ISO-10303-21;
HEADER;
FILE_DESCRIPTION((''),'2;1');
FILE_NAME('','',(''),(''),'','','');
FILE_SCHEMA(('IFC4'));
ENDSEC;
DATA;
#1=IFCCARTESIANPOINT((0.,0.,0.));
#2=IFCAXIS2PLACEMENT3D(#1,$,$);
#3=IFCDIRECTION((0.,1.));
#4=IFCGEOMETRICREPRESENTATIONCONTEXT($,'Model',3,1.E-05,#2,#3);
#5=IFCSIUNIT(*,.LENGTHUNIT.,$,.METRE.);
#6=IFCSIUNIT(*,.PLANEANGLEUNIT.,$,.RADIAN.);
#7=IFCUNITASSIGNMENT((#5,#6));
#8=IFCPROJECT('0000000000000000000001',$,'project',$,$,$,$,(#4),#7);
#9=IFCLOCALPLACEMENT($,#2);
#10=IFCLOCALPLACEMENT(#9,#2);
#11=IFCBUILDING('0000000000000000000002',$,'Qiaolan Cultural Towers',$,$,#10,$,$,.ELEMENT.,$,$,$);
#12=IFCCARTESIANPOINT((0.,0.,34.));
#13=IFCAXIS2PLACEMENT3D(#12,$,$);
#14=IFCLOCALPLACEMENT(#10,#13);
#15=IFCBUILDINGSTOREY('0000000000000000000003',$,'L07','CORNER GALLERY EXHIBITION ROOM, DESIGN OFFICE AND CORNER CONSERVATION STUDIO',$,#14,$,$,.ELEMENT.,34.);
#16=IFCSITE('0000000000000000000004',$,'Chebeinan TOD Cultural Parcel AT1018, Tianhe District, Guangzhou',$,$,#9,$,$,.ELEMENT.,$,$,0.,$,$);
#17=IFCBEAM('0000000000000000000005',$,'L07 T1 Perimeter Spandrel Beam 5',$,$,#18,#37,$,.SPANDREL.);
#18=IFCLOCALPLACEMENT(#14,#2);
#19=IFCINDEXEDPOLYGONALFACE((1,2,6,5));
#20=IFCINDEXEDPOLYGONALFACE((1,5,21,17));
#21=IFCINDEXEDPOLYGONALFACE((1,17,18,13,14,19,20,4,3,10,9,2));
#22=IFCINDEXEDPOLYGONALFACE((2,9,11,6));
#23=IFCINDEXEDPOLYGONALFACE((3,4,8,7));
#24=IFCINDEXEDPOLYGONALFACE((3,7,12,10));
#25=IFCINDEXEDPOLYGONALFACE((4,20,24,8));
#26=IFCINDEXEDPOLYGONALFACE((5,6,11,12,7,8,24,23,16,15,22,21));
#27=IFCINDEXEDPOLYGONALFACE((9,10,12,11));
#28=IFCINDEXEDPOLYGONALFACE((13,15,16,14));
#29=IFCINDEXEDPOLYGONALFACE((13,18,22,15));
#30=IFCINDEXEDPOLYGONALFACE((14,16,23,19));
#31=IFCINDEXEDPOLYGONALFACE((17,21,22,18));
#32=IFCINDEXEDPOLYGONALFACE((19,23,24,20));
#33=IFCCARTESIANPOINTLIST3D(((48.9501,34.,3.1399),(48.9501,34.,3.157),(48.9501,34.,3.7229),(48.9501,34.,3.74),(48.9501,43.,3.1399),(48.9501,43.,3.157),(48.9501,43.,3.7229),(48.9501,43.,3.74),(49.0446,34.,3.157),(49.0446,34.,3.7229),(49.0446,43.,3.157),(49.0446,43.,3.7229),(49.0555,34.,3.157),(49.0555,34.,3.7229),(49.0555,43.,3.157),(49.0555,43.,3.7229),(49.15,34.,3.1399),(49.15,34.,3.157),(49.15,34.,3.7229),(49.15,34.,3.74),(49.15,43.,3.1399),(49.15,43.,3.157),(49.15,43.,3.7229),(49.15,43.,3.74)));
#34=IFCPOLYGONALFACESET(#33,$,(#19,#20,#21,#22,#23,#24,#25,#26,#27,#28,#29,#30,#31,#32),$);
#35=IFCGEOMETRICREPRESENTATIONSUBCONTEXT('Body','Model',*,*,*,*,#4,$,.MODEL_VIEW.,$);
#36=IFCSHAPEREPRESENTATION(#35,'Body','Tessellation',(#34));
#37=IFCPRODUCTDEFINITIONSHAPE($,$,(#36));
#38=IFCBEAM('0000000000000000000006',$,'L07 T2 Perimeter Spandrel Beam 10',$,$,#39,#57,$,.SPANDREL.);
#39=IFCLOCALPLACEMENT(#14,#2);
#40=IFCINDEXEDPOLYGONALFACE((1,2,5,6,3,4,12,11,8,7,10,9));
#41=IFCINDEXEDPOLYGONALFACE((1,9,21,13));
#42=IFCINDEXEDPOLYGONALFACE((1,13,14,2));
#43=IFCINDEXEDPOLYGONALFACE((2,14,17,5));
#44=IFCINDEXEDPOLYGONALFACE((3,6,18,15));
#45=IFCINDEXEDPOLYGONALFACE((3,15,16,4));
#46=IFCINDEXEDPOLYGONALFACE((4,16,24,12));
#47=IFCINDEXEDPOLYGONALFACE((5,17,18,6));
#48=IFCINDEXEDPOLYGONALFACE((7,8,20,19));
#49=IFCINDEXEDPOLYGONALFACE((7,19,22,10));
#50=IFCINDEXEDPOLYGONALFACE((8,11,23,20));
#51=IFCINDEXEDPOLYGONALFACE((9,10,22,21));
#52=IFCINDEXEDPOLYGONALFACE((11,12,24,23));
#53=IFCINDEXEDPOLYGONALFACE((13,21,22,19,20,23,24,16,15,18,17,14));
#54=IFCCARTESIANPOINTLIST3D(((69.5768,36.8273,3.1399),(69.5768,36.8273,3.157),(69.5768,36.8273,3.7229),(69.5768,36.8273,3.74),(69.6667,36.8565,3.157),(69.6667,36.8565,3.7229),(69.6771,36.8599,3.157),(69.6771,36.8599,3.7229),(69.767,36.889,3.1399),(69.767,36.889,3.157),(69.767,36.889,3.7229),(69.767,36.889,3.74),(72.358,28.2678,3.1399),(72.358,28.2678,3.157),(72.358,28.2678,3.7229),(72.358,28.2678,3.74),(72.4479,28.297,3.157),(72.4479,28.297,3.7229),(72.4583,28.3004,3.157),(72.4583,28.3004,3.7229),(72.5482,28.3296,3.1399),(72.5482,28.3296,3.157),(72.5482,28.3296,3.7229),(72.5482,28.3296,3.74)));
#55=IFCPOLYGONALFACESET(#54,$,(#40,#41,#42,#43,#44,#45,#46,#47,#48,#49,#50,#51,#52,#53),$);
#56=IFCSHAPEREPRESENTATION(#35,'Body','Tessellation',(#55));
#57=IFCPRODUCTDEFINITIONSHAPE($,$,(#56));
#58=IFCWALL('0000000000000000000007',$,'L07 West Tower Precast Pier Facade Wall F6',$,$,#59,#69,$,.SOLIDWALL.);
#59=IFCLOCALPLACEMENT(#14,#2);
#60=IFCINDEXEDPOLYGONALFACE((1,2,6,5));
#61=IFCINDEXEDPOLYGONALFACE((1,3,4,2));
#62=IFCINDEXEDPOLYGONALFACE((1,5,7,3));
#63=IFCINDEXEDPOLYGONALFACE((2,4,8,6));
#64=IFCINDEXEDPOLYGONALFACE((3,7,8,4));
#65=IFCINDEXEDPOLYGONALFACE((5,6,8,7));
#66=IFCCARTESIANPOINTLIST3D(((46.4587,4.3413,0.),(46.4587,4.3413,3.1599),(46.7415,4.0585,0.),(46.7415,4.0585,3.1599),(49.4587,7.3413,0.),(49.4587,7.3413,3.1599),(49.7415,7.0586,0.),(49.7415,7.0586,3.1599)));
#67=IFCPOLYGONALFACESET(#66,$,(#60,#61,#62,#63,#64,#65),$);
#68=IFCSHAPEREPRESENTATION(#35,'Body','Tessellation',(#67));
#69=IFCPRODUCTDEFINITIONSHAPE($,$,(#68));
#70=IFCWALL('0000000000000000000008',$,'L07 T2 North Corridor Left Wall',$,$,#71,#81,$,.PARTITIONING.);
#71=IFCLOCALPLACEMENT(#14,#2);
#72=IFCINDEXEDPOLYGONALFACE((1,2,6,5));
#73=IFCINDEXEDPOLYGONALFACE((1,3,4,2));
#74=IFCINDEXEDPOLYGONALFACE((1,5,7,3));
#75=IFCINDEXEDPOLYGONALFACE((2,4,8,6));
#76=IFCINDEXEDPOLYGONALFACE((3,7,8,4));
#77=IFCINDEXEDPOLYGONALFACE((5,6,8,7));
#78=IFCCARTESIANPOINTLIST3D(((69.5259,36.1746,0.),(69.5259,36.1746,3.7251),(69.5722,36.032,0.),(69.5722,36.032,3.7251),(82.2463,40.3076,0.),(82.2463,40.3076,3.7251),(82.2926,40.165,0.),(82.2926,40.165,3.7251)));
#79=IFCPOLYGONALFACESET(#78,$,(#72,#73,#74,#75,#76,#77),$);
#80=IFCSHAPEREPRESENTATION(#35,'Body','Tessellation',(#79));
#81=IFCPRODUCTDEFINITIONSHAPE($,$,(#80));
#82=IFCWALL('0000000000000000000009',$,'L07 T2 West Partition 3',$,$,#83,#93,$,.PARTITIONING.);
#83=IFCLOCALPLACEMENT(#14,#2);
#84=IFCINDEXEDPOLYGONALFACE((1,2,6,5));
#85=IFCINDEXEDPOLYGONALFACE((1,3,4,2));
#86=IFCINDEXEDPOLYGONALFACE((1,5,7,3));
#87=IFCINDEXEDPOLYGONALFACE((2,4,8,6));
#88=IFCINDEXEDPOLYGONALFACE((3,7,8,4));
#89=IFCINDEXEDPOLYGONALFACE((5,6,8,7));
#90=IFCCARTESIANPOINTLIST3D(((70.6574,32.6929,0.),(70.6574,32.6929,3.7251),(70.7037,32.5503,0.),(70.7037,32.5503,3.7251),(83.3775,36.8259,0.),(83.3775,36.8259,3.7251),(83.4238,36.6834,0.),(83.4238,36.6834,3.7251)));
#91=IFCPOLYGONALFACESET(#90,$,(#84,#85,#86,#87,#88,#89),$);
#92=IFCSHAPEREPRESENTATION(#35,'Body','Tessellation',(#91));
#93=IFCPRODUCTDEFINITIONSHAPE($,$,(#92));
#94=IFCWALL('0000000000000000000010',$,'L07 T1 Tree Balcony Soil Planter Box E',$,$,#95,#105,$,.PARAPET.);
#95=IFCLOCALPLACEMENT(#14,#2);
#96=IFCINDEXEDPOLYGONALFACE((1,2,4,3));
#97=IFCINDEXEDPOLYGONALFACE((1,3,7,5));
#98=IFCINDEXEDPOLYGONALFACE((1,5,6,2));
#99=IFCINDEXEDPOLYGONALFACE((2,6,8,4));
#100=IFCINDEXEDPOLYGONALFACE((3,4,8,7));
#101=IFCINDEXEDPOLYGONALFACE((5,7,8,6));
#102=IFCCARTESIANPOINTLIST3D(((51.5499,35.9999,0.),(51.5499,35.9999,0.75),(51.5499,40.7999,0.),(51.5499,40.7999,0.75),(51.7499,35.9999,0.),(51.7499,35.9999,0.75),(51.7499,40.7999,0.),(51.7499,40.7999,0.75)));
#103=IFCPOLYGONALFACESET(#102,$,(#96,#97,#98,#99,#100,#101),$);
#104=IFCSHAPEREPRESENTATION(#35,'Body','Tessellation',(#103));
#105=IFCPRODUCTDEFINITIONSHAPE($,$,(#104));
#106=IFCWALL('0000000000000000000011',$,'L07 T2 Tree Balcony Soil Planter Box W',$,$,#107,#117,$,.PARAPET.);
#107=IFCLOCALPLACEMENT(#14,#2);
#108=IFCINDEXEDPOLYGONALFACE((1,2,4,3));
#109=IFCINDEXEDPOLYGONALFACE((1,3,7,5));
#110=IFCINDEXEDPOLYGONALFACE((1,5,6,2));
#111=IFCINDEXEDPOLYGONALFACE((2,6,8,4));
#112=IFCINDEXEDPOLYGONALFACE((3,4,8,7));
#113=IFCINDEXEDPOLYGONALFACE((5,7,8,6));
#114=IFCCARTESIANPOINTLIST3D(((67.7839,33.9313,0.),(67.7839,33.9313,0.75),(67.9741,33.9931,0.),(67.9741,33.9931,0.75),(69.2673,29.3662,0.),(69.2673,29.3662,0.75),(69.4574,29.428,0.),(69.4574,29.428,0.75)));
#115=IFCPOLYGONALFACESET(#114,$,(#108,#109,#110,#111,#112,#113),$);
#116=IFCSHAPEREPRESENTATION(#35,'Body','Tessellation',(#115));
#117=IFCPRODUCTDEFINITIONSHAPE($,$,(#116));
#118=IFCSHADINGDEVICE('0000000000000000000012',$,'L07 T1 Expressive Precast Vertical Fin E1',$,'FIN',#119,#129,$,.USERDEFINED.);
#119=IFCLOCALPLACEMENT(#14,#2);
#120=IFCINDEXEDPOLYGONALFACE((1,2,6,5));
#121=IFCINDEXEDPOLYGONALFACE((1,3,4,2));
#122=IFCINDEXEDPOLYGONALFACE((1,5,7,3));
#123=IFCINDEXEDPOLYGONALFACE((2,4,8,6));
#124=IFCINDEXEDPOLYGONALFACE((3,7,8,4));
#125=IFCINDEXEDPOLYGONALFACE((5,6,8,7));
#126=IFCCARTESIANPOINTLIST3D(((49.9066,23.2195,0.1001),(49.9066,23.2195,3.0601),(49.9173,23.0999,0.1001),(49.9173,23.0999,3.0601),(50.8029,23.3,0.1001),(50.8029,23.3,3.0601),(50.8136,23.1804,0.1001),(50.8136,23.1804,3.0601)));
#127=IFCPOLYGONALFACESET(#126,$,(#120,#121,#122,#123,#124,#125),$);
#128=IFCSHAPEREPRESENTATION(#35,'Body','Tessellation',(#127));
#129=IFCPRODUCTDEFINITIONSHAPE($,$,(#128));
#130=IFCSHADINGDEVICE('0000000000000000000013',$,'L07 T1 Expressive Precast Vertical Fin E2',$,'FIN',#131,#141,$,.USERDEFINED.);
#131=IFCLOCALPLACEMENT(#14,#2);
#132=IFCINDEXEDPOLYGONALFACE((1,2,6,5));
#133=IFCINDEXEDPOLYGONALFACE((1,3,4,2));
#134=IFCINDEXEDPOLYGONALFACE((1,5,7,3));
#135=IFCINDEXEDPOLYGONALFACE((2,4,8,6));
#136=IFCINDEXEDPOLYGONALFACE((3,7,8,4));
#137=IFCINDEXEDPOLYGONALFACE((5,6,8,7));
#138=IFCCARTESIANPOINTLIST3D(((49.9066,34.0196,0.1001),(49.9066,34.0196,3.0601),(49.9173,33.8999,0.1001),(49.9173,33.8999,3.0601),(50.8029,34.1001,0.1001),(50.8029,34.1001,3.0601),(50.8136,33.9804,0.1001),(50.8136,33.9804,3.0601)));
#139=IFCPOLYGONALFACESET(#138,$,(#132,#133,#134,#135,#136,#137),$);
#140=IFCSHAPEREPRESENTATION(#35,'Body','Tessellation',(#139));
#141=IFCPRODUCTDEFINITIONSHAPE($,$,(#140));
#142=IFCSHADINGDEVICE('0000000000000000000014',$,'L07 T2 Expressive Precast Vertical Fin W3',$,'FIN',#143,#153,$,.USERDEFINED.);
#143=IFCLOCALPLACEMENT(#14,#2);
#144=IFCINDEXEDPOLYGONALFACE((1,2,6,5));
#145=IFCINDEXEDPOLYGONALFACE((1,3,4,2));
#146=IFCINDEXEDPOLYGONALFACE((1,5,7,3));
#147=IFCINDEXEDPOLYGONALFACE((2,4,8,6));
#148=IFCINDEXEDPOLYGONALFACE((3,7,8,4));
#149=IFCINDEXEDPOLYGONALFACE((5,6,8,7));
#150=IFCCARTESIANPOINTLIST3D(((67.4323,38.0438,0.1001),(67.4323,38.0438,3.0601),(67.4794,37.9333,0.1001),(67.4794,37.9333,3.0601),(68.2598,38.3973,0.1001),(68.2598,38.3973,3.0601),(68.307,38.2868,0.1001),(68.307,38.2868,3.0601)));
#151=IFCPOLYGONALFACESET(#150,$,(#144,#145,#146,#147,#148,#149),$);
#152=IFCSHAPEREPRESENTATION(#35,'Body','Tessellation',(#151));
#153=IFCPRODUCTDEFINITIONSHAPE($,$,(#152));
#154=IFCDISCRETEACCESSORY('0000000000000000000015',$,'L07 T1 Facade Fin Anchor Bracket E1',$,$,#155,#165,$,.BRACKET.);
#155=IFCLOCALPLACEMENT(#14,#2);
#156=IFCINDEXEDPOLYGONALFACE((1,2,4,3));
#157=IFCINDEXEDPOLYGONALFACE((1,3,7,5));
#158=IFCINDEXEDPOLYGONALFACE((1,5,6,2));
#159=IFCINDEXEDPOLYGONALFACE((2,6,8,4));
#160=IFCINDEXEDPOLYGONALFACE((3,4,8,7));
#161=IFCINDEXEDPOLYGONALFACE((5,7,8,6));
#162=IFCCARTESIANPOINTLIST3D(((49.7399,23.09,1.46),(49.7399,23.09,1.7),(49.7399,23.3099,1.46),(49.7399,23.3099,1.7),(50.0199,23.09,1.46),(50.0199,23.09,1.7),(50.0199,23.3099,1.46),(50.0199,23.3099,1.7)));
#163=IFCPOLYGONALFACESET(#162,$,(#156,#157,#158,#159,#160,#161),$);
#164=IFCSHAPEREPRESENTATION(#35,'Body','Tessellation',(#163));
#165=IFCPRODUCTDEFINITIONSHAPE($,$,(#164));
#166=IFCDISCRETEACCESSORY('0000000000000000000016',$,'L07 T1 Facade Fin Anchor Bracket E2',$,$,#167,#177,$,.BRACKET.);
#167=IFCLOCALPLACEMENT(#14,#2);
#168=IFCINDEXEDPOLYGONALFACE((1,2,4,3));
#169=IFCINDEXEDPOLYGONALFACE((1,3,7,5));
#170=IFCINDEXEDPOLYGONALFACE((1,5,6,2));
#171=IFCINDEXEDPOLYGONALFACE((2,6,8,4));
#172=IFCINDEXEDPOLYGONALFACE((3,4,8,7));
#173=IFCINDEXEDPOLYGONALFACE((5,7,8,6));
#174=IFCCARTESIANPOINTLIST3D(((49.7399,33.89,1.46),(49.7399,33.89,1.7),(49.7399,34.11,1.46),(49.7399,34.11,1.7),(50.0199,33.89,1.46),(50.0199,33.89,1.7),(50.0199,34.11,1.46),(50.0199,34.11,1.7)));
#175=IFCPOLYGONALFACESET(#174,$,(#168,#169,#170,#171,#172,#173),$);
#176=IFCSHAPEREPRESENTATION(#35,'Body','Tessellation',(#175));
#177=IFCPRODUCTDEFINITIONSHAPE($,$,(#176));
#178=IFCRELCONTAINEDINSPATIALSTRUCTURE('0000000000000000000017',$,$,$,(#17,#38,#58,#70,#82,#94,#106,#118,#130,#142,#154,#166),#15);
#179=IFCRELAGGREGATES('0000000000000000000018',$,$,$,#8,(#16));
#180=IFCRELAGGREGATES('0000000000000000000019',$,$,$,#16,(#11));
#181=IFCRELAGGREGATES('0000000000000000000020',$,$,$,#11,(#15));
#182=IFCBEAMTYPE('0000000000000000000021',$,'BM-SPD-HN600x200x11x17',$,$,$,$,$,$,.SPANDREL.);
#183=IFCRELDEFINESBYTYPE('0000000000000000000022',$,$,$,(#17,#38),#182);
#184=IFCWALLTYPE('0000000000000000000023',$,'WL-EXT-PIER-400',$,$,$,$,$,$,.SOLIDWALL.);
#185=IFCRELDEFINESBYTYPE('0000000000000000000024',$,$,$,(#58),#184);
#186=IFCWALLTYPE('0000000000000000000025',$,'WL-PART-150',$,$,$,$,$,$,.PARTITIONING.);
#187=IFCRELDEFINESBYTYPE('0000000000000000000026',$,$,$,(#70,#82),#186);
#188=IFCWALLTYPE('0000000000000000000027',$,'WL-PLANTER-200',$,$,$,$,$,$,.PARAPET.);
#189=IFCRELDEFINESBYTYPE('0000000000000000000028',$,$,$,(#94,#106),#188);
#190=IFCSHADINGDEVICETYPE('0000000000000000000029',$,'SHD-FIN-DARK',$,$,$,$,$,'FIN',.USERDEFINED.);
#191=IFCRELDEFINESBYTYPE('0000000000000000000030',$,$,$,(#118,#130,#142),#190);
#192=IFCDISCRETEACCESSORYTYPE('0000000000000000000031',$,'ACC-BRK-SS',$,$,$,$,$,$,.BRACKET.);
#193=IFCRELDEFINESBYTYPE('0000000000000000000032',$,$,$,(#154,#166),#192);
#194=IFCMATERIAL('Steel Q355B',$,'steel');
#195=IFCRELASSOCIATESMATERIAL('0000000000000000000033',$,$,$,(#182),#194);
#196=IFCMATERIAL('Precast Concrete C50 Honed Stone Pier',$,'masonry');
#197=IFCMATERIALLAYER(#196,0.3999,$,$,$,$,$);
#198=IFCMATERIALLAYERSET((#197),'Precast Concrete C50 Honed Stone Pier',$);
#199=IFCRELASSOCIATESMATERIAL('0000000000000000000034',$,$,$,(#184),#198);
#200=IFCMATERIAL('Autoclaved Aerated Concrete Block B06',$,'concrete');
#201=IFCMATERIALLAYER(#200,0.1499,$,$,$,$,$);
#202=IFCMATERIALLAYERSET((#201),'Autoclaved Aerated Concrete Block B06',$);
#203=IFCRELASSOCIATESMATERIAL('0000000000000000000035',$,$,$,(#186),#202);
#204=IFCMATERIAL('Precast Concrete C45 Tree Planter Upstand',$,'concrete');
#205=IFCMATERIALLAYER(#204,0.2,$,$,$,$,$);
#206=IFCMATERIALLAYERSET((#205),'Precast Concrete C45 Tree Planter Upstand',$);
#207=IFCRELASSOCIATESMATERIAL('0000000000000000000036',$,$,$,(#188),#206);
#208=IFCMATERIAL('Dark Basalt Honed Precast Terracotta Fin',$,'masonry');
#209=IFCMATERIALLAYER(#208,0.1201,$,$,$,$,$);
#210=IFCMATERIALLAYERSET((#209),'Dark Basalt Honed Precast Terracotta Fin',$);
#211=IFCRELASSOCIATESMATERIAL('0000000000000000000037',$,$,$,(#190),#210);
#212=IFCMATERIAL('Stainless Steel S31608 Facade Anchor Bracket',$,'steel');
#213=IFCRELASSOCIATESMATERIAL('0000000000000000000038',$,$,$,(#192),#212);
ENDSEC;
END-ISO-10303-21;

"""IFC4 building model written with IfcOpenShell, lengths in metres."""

from ifc_helpers import new_model, si_unit, direction, frame, frame_2d, origin, origin_2d, place, context, subcontext, project, spatial, rectangle, i_section, extrude, material, layer, layer_set, material_profile, profile_set, type_object, element, save


model = new_model("IFC4")

# Units and contexts
model_context = context("Model", 3, precision=1e-05, world=origin(), true_north=direction((0.0, 1.0)))
body_context = subcontext(model_context, "Body", "Model", "MODEL_VIEW")
ifc_project = project(units=[si_unit("LENGTHUNIT", "METRE"), si_unit("PLANEANGLEUNIT", "RADIAN")], contexts=[model_context])

# Site, building, storey
site_placement = place(None, origin())
site = spatial("IfcSite", under=ifc_project, at=site_placement, Name="Chebeinan TOD Cultural Parcel AT1018, Tianhe District, Guangzhou", CompositionType="ELEMENT", RefElevation=0.0)
building_placement = place(site_placement, origin())
building = spatial("IfcBuilding", under=site, at=building_placement, Name="Qiaolan Cultural Towers", CompositionType="ELEMENT")
storey_placement = place(building_placement, frame((0.0, 0.0, 34.0)))
storey = spatial("IfcBuildingStorey", under=building, at=storey_placement, Name="L07", Description="CORNER GALLERY EXHIBITION ROOM, DESIGN OFFICE AND CORNER CONSERVATION STUDIO", CompositionType="ELEMENT", Elevation=34.0)

# Beams
ifc_material_1 = material(Name="Steel Q355B", Category="steel")
ifc_material_profile_1 = material_profile(ifc_material_1, i_section(OverallWidth=0.2, OverallDepth=0.6001, WebThickness=0.011, FlangeThickness=0.0171, at=origin_2d()), Name="HN600x200x11x17")
ifc_profile_set_1 = profile_set([ifc_material_profile_1], Name="Steel Q355B")
beam_type_1 = type_object("IfcBeamType", Name="BM-SPD-HN600x200x11x17", PredefinedType="SPANDREL", material=ifc_profile_set_1)
for number, where, z_axis, x_axis, name in (
    (1, (49.05, 34.0, 3.4399), (0.0, 1.0, 0.0), (-1.0, 0.0, 0.0), "L07 T1 Perimeter Spandrel Beam 5"),
    (2, (69.6719, 36.8582, 3.4399), (0.309025, -0.951054, 0.0), (0.951054, 0.309025, 0.0), "L07 T2 Perimeter Spandrel Beam 10"),
):
    element("IfcBeam", number, at=place(storey_placement, frame(where, z_axis=z_axis, x_axis=x_axis)), inside=storey, type_object=beam_type_1, Name=name, PredefinedType="SPANDREL", context=body_context, shape_type="SweptSolid", body=[
        extrude(i_section(OverallWidth=0.2, OverallDepth=0.6001, WebThickness=0.011, FlangeThickness=0.0171, at=origin_2d()), origin(), (0.0, 0.0, 1.0), 9.0),
    ])

# Walls
ifc_material_2 = material(Name="Precast Concrete C50 Honed Stone Pier", Category="masonry")
ifc_layer_1 = layer(ifc_material_2, 0.3999)
ifc_layer_set_1 = layer_set([ifc_layer_1], Name="Precast Concrete C50 Honed Stone Pier")
wall_type_1 = type_object("IfcWallType", Name="WL-EXT-PIER-400", PredefinedType="SOLIDWALL", material=ifc_layer_set_1)
wall_1_placement = place(storey_placement, frame((49.6001, 7.2, 0.0), z_axis=(0.0, 0.0, 1.0), x_axis=(-0.707107, -0.707107, 0.0)))
element("IfcWall", 3, at=wall_1_placement, inside=storey, type_object=wall_type_1, Name="L07 West Tower Precast Pier Facade Wall F6", PredefinedType="SOLIDWALL", context=body_context, shape_type="SweptSolid", body=[
    extrude(rectangle(XDim=4.2427, YDim=0.3999, at=frame_2d((2.1213, 0.0))), origin(), (0.0, 0.0, 1.0), 3.1599),
])
ifc_material_3 = material(Name="Autoclaved Aerated Concrete Block B06", Category="concrete")
ifc_layer_2 = layer(ifc_material_3, 0.1499)
ifc_layer_set_2 = layer_set([ifc_layer_2], Name="Autoclaved Aerated Concrete Block B06")
wall_type_2 = type_object("IfcWallType", Name="WL-PART-150", PredefinedType="PARTITIONING", material=ifc_layer_set_2)
wall_2_placement = place(storey_placement, frame((69.5491, 36.1033, 0.0), z_axis=(0.0, 0.0, 1.0), x_axis=(0.951058, 0.309012, 0.0)))
element("IfcWall", 4, at=wall_2_placement, inside=storey, type_object=wall_type_2, Name="L07 T2 North Corridor Left Wall", PredefinedType="PARTITIONING", context=body_context, shape_type="SweptSolid", body=[
    extrude(rectangle(XDim=13.375, YDim=0.1499, at=frame_2d((6.6875, 0.0))), origin(), (0.0, 0.0, 1.0), 3.7251),
])
wall_3_placement = place(storey_placement, frame((70.6804, 32.6216, 0.0), z_axis=(0.0, 0.0, 1.0), x_axis=(0.951056, 0.309018, 0.0)))
element("IfcWall", 5, at=wall_3_placement, inside=storey, type_object=wall_type_2, Name="L07 T2 West Partition 3", PredefinedType="PARTITIONING", context=body_context, shape_type="SweptSolid", body=[
    extrude(rectangle(XDim=13.3748, YDim=0.1499, at=frame_2d((6.6875, 0.0))), origin(), (0.0, 0.0, 1.0), 3.7251),
])
ifc_material_4 = material(Name="Precast Concrete C45 Tree Planter Upstand", Category="concrete")
ifc_layer_3 = layer(ifc_material_4, 0.2)
ifc_layer_set_3 = layer_set([ifc_layer_3], Name="Precast Concrete C45 Tree Planter Upstand")
wall_type_3 = type_object("IfcWallType", Name="WL-PLANTER-200", PredefinedType="PARAPET", material=ifc_layer_set_3)
for number, where, z_axis, x_axis, name in (
    (6, (51.6499, 36.0, 0.0), (0.0, 0.0, 1.0), (0.0, 1.0, 0.0), "L07 T1 Tree Balcony Soil Planter Box E"),
    (7, (69.3623, 29.3972, 0.0), (0.0, 0.0, 1.0), (-0.309032, 0.951052, 0.0), "L07 T2 Tree Balcony Soil Planter Box W"),
):
    element("IfcWall", number, at=place(storey_placement, frame(where, z_axis=z_axis, x_axis=x_axis)), inside=storey, type_object=wall_type_3, Name=name, PredefinedType="PARAPET", context=body_context, shape_type="SweptSolid", body=[
        extrude(rectangle(XDim=4.8, YDim=0.2, at=frame_2d((2.3999, 0.0))), origin(), (0.0, 0.0, 1.0), 0.75),
    ])

# Shading devices
ifc_material_5 = material(Name="Dark Basalt Honed Precast Terracotta Fin", Category="masonry")
ifc_layer_4 = layer(ifc_material_5, 0.1201)
ifc_layer_set_4 = layer_set([ifc_layer_4], Name="Dark Basalt Honed Precast Terracotta Fin")
shading_device_type = type_object("IfcShadingDeviceType", Name="SHD-FIN-DARK", ElementType="FIN", PredefinedType="USERDEFINED", material=ifc_layer_set_4)
for number, where, z_axis, x_axis, name in (
    (8, (50.3601, 23.2, 0.1001), (0.0, 0.0, 1.0), (0.995994, 0.089421, 0.0), "L07 T1 Expressive Precast Vertical Fin E1"),
    (9, (50.3601, 34.0, 0.1001), (0.0, 0.0, 1.0), (0.995994, 0.089421, 0.0), "L07 T1 Expressive Precast Vertical Fin E2"),
    (10, (67.8696, 38.1653, 0.1001), (0.0, 0.0, 1.0), (0.919614, 0.392824, 0.0), "L07 T2 Expressive Precast Vertical Fin W3"),
):
    element("IfcShadingDevice", number, at=place(storey_placement, frame(where, z_axis=z_axis, x_axis=x_axis)), inside=storey, type_object=shading_device_type, Name=name, ObjectType="FIN", PredefinedType="USERDEFINED", context=body_context, shape_type="SweptSolid", body=[
        extrude(rectangle(XDim=0.8999, YDim=0.1201, at=origin_2d()), origin(), (0.0, 0.0, 1.0), 2.96),
    ])

# Discrete accessories
ifc_material_6 = material(Name="Stainless Steel S31608 Facade Anchor Bracket", Category="steel")
discrete_accessory_type = type_object("IfcDiscreteAccessoryType", Name="ACC-BRK-SS", PredefinedType="BRACKET", material=ifc_material_6)
for number, where, z_axis, x_axis, name in (
    (11, (49.8799, 23.2, 1.46), (0.0, 0.0, 1.0), (1.0, 0.0, 0.0), "L07 T1 Facade Fin Anchor Bracket E1"),
    (12, (49.8799, 34.0, 1.46), (0.0, 0.0, 1.0), (1.0, 0.0, 0.0), "L07 T1 Facade Fin Anchor Bracket E2"),
):
    element("IfcDiscreteAccessory", number, at=place(storey_placement, frame(where, z_axis=z_axis, x_axis=x_axis)), inside=storey, type_object=discrete_accessory_type, Name=name, PredefinedType="BRACKET", context=body_context, shape_type="SweptSolid", body=[
        extrude(rectangle(XDim=0.28, YDim=0.22, at=origin_2d()), origin(), (0.0, 0.0, 1.0), 0.24),
    ])

save(model, "model.ifc")
